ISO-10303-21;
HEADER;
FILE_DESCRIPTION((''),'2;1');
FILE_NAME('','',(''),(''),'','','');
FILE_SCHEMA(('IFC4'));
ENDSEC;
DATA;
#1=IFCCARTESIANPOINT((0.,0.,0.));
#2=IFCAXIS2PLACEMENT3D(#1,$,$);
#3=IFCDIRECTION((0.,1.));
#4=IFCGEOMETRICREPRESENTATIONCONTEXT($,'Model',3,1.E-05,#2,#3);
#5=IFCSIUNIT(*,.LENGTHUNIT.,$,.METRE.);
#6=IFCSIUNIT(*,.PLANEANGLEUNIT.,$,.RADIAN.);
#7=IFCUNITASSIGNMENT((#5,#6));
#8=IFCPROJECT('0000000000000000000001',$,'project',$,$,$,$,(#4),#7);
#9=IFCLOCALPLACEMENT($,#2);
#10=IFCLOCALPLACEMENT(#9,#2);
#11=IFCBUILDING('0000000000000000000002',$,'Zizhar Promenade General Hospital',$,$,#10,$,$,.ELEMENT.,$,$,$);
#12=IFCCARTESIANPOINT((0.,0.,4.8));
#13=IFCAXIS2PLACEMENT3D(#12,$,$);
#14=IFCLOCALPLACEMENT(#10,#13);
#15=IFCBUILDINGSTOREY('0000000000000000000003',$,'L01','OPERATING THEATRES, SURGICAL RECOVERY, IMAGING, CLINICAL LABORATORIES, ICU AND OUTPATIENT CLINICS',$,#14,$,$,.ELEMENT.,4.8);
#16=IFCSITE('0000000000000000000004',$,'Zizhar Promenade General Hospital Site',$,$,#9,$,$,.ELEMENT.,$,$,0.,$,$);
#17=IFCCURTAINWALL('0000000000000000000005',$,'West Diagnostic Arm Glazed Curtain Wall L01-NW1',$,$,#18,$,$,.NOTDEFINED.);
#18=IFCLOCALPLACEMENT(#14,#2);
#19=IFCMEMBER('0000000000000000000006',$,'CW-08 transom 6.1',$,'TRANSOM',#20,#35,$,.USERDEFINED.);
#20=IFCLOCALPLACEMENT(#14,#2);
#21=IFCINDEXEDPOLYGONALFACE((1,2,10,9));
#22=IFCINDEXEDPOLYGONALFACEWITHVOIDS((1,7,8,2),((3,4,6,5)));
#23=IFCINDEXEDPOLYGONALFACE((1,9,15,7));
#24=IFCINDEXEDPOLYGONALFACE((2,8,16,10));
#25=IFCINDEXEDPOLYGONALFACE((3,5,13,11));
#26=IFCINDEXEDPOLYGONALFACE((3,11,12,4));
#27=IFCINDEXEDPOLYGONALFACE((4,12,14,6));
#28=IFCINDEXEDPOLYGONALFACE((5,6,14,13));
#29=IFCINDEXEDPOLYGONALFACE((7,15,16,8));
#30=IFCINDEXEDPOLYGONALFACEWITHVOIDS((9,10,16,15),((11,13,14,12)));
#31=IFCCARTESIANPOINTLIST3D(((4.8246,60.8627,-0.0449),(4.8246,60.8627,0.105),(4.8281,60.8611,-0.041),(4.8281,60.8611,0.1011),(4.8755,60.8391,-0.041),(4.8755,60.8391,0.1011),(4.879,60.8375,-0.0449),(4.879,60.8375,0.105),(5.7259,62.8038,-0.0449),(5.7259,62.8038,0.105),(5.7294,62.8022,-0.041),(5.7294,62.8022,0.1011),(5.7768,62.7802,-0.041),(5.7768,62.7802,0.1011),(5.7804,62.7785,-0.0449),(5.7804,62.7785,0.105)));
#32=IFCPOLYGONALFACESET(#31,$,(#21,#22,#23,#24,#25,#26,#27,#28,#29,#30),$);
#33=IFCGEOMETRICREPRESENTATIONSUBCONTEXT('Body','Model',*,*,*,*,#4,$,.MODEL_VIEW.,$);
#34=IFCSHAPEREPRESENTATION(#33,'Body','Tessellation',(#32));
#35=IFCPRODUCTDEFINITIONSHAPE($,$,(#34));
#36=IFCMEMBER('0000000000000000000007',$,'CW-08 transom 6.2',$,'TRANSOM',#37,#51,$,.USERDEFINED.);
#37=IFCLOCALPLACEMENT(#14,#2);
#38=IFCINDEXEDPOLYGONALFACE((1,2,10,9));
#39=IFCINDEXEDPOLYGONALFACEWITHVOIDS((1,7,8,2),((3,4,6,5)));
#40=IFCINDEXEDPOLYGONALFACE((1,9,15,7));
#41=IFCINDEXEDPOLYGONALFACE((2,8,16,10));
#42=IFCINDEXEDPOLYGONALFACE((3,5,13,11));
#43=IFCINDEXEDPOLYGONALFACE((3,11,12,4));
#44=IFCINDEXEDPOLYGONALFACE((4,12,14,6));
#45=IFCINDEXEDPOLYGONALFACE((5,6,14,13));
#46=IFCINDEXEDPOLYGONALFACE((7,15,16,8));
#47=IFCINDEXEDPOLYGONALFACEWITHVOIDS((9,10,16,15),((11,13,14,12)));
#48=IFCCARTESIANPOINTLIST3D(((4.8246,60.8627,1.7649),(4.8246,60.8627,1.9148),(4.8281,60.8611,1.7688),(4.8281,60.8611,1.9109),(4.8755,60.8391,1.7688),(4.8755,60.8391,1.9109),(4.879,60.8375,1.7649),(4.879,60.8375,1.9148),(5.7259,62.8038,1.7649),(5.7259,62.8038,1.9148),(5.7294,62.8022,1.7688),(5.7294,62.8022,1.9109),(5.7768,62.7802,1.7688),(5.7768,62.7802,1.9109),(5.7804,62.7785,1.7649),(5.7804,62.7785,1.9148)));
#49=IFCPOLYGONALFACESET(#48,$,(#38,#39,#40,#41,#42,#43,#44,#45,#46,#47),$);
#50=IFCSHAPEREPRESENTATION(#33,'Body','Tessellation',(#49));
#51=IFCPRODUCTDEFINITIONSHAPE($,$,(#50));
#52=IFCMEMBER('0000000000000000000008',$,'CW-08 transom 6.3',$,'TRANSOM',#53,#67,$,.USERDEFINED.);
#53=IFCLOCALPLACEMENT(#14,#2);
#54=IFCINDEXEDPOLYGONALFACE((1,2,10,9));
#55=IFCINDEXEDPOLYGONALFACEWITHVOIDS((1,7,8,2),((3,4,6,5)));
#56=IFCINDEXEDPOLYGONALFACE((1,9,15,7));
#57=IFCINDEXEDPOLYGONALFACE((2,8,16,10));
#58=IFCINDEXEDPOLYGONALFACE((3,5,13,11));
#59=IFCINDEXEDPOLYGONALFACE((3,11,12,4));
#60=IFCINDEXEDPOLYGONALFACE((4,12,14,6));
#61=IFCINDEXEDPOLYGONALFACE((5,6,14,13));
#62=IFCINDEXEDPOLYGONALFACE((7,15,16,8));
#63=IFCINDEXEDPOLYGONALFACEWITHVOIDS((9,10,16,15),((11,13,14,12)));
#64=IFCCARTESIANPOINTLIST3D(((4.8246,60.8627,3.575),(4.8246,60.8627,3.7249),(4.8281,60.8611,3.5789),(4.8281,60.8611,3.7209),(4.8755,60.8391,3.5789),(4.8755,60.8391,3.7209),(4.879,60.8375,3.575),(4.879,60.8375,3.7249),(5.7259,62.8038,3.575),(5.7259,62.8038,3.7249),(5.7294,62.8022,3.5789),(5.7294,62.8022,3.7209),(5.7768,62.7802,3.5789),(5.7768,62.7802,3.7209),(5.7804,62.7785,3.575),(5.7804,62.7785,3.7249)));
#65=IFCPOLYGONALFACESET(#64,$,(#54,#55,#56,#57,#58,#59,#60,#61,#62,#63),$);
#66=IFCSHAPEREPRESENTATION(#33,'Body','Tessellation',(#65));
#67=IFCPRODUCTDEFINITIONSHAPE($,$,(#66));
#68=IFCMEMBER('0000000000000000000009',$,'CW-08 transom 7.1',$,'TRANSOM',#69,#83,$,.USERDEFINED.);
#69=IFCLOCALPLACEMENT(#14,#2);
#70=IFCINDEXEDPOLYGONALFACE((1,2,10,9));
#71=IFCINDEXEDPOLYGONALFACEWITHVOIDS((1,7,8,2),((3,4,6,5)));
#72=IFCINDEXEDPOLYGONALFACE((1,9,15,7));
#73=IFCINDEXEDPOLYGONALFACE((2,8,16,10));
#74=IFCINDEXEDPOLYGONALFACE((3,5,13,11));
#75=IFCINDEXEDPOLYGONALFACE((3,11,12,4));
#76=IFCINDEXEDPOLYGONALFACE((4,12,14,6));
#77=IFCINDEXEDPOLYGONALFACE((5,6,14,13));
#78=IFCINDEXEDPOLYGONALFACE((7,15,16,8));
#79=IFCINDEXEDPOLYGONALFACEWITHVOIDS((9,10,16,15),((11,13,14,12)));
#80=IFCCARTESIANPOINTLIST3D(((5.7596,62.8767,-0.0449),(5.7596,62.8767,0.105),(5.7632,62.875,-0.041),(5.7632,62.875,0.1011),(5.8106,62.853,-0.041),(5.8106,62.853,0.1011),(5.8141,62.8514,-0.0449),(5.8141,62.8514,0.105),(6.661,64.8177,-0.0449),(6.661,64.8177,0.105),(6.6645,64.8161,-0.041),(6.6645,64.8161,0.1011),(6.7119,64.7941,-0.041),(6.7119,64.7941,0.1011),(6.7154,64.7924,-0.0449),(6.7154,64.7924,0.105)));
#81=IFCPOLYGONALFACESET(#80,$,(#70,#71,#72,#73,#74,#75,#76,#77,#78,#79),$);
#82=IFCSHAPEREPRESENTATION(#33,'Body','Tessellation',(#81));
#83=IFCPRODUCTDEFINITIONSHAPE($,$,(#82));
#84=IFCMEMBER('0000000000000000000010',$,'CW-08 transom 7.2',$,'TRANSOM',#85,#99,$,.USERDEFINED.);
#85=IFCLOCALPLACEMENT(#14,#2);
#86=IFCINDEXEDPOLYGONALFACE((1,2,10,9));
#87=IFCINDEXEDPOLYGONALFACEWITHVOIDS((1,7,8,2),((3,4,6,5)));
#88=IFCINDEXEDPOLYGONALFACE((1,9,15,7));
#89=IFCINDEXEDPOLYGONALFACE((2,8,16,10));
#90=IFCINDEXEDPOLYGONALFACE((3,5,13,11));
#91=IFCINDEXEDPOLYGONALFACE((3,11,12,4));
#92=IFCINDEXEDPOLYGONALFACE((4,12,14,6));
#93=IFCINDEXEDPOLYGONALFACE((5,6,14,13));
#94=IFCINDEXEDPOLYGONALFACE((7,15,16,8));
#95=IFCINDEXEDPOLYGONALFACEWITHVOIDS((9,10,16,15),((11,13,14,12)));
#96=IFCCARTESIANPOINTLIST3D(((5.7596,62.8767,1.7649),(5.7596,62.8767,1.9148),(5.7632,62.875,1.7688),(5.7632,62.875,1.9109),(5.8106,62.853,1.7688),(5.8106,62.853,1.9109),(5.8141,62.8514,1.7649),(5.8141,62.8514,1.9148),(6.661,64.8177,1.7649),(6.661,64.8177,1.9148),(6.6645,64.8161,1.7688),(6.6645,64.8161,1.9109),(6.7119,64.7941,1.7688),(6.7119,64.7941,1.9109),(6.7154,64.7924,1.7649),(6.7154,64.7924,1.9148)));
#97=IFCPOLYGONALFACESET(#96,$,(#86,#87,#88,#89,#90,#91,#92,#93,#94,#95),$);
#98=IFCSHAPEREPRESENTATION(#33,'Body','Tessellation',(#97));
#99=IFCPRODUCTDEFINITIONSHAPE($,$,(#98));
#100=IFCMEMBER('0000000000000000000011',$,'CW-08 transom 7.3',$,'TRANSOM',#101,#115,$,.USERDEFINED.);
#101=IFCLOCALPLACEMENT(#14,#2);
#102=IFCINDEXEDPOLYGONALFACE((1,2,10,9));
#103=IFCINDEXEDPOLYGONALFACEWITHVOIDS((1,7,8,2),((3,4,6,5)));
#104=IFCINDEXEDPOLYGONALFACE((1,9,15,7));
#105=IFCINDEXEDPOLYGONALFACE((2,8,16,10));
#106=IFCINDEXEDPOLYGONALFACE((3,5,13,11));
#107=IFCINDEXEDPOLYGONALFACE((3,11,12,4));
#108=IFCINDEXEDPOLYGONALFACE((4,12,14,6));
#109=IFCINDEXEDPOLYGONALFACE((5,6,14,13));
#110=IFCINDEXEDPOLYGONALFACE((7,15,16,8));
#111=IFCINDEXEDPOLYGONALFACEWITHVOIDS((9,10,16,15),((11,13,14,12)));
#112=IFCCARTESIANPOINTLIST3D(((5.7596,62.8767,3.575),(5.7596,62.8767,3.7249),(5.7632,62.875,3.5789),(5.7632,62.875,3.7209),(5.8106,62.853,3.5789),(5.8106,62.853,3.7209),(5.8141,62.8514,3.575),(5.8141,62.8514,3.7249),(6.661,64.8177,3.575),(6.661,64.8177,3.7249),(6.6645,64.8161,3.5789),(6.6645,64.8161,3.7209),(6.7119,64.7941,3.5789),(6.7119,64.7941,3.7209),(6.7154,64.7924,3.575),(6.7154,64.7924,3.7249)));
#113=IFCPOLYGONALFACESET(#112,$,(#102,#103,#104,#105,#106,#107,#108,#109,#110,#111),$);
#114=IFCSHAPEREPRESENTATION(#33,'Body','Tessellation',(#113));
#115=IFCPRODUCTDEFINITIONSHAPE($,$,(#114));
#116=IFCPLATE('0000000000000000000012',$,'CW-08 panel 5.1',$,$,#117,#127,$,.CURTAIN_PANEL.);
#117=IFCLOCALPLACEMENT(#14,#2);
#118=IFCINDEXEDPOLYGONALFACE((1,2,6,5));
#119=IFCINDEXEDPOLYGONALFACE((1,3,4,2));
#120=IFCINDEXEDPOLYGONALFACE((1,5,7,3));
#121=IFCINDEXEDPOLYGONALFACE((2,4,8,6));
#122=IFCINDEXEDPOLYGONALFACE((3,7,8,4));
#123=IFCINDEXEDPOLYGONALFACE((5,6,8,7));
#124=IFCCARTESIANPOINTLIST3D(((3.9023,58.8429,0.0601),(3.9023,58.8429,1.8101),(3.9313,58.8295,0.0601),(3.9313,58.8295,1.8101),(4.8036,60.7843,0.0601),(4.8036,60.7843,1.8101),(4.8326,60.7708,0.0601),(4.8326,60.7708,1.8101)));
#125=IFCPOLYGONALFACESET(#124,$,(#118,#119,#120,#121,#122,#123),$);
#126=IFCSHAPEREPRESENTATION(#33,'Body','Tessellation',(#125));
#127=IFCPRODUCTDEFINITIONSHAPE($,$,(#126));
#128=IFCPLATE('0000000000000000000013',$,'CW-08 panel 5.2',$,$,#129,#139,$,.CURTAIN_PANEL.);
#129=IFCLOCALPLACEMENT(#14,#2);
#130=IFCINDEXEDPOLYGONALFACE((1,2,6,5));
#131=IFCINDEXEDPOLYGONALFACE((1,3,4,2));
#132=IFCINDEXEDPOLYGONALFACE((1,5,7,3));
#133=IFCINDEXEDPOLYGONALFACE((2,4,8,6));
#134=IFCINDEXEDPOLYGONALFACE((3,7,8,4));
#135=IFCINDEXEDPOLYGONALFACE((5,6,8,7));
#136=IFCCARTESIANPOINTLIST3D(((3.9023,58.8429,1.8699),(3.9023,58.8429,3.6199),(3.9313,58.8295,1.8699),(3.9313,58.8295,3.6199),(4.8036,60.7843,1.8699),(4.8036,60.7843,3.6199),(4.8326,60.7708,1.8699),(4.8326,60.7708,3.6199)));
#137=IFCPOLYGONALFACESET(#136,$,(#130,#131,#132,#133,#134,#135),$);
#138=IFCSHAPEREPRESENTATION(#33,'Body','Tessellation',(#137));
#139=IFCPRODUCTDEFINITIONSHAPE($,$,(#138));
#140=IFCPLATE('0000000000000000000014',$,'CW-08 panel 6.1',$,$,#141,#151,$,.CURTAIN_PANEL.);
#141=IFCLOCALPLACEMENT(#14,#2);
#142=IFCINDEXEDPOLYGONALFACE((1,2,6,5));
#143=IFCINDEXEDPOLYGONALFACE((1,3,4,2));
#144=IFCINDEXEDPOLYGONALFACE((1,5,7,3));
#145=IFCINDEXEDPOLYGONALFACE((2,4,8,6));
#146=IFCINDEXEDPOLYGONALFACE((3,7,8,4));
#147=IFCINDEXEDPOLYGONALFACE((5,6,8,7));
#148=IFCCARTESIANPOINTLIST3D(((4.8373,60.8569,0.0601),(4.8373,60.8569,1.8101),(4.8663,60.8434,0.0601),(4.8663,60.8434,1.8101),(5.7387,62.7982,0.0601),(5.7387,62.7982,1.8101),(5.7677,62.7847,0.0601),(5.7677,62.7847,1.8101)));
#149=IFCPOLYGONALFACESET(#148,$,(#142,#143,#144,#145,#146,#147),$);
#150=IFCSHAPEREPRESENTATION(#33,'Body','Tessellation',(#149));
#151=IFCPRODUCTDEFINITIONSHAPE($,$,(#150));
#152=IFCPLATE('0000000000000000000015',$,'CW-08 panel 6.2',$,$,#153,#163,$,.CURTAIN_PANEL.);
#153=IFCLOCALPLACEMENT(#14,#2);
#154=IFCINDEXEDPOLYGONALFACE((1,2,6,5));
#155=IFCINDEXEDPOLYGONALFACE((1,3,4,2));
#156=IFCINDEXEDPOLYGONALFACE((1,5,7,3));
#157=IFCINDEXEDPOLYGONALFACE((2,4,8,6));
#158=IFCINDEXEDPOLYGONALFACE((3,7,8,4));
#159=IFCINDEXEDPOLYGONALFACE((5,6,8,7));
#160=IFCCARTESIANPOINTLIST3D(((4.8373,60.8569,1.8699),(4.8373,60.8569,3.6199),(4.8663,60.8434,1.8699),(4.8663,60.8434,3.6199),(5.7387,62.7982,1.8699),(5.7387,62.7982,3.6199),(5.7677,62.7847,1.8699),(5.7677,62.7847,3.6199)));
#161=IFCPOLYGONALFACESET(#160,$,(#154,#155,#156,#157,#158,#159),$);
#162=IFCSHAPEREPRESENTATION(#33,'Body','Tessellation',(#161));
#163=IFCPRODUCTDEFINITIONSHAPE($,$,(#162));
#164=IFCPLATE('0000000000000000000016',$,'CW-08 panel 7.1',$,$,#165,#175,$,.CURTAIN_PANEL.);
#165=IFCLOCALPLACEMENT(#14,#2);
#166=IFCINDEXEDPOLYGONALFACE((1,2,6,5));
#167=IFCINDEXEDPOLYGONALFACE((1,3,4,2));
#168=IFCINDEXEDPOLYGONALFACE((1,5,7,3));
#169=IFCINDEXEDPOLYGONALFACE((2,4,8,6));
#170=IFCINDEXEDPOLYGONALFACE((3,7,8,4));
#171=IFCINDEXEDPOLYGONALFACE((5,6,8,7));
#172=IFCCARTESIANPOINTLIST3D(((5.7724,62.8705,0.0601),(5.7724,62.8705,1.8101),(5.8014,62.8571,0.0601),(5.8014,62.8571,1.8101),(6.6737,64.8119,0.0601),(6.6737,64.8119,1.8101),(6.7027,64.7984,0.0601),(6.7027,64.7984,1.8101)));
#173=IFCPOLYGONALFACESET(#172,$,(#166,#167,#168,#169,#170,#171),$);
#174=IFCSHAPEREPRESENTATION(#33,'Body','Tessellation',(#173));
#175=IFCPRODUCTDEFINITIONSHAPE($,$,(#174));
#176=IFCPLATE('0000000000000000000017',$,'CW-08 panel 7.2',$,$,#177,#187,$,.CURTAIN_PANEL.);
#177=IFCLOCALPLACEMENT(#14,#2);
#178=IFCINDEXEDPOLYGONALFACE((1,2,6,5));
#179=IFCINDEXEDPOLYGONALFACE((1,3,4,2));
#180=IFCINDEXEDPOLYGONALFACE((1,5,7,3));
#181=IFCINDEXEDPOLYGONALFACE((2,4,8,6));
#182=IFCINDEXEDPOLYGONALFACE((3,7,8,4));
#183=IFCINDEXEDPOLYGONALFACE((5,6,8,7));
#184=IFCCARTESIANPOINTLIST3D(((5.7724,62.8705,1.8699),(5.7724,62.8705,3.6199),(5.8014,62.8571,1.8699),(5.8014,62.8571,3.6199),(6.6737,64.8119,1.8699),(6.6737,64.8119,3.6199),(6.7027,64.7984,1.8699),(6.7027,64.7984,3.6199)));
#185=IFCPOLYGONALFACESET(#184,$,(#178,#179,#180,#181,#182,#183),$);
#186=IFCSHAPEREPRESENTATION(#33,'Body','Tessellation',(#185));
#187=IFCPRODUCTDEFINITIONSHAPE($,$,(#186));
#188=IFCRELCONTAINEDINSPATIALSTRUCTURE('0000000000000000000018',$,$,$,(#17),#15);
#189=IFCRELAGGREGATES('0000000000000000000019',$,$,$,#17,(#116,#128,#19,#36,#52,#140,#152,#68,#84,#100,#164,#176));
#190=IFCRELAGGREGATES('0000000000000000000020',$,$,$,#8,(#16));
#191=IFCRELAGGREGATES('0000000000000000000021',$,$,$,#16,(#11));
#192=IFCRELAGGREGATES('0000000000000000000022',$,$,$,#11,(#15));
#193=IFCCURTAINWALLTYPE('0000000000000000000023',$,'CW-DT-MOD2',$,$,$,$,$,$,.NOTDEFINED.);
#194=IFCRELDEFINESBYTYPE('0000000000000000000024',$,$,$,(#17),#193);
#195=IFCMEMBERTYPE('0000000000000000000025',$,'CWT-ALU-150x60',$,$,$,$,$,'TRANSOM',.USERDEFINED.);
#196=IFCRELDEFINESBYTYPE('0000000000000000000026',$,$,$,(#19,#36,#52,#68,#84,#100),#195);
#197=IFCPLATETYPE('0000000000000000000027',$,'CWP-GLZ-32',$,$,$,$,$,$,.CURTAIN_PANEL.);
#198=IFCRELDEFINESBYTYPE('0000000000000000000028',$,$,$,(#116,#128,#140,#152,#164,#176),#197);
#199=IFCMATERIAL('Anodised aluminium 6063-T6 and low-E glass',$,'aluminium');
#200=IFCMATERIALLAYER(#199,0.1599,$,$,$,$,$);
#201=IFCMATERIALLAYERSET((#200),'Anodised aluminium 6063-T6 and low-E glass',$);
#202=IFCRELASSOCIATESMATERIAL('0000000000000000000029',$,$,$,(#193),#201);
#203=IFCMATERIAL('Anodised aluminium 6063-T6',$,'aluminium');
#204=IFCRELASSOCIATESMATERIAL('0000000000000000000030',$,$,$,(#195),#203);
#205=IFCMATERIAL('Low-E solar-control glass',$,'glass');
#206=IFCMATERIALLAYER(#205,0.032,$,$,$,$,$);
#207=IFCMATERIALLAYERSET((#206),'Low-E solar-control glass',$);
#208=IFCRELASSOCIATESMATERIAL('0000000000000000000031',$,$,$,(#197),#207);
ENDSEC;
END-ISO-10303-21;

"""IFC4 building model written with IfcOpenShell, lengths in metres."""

from ifc_helpers import new_model, si_unit, direction, frame, origin, origin_2d, place, context, subcontext, project, spatial, rectangle, hollow_rectangle, extrude, material, layer, layer_set, material_profile, profile_set, type_object, element, aggregate, save


model = new_model("IFC4")

# Units and contexts
model_context = context("Model", 3, precision=1e-05, world=origin(), true_north=direction((0.0, 1.0)))
body_context = subcontext(model_context, "Body", "Model", "MODEL_VIEW")
ifc_project = project(units=[si_unit("LENGTHUNIT", "METRE"), si_unit("PLANEANGLEUNIT", "RADIAN")], contexts=[model_context])

# Site, building, storey
site_placement = place(None, origin())
site = spatial("IfcSite", under=ifc_project, at=site_placement, Name="Zizhar Promenade General Hospital Site", CompositionType="ELEMENT", RefElevation=0.0)
building_placement = place(site_placement, origin())
building = spatial("IfcBuilding", under=site, at=building_placement, Name="Zizhar Promenade General Hospital", CompositionType="ELEMENT")
storey_placement = place(building_placement, frame((0.0, 0.0, 4.8)))
storey = spatial("IfcBuildingStorey", under=building, at=storey_placement, Name="L01", Description="OPERATING THEATRES, SURGICAL RECOVERY, IMAGING, CLINICAL LABORATORIES, ICU AND OUTPATIENT CLINICS", CompositionType="ELEMENT", Elevation=4.8)

# Curtain wall, members, plates
ifc_material_1 = material(Name="Anodised aluminium 6063-T6 and low-E glass", Category="aluminium")
ifc_layer_1 = layer(ifc_material_1, 0.1599)
ifc_layer_set_1 = layer_set([ifc_layer_1], Name="Anodised aluminium 6063-T6 and low-E glass")
curtain_wall_type = type_object("IfcCurtainWallType", Name="CW-DT-MOD2", PredefinedType="NOTDEFINED", material=ifc_layer_set_1)
curtain_wall_placement = place(storey_placement, origin())
curtain_wall = element("IfcCurtainWall", 1, at=curtain_wall_placement, inside=storey, type_object=curtain_wall_type, Name="West Diagnostic Arm Glazed Curtain Wall L01-NW1", PredefinedType="NOTDEFINED")
ifc_material_2 = material(Name="Anodised aluminium 6063-T6", Category="aluminium")
ifc_material_profile_1 = material_profile(ifc_material_2, hollow_rectangle(XDim=0.0601, YDim=0.1499, WallThickness=0.0039, at=origin_2d()))
ifc_profile_set_1 = profile_set([ifc_material_profile_1], Name="Anodised aluminium 6063-T6")
member_type_1 = type_object("IfcMemberType", Name="CWT-ALU-150x60", ElementType="TRANSOM", PredefinedType="USERDEFINED", material=ifc_profile_set_1)
member_1_placement = place(storey_placement, frame((4.8518, 60.8501, 0.03), z_axis=(0.421155, 0.906989, 0.0), x_axis=(-0.906989, 0.421155, 0.0)))
member_1 = element("IfcMember", 2, at=member_1_placement, type_object=member_type_1, Name="CW-08 transom 6.1", ObjectType="TRANSOM", PredefinedType="USERDEFINED", context=body_context, shape_type="SweptSolid", body=[
    extrude(hollow_rectangle(XDim=0.0601, YDim=0.1499, WallThickness=0.0039, at=origin_2d()), origin(), (0.0, 0.0, 1.0), 2.1401),
])
member_2_placement = place(storey_placement, frame((4.8518, 60.8501, 1.8398), z_axis=(0.421155, 0.906989, 0.0), x_axis=(-0.906989, 0.421155, 0.0)))
member_2 = element("IfcMember", 3, at=member_2_placement, type_object=member_type_1, Name="CW-08 transom 6.2", ObjectType="TRANSOM", PredefinedType="USERDEFINED", context=body_context, shape_type="SweptSolid", body=[
    extrude(hollow_rectangle(XDim=0.0601, YDim=0.1499, WallThickness=0.0039, at=origin_2d()), origin(), (0.0, 0.0, 1.0), 2.1401),
])
member_3_placement = place(storey_placement, frame((4.8518, 60.8501, 3.6499), z_axis=(0.421155, 0.906989, 0.0), x_axis=(-0.906989, 0.421155, 0.0)))
member_3 = element("IfcMember", 4, at=member_3_placement, type_object=member_type_1, Name="CW-08 transom 6.3", ObjectType="TRANSOM", PredefinedType="USERDEFINED", context=body_context, shape_type="SweptSolid", body=[
    extrude(hollow_rectangle(XDim=0.0601, YDim=0.1499, WallThickness=0.0039, at=origin_2d()), origin(), (0.0, 0.0, 1.0), 2.1401),
])
member_4_placement = place(storey_placement, frame((5.7869, 62.864, 0.03), z_axis=(0.421155, 0.906989, 0.0), x_axis=(-0.906989, 0.421155, 0.0)))
member_4 = element("IfcMember", 5, at=member_4_placement, type_object=member_type_1, Name="CW-08 transom 7.1", ObjectType="TRANSOM", PredefinedType="USERDEFINED", context=body_context, shape_type="SweptSolid", body=[
    extrude(hollow_rectangle(XDim=0.0601, YDim=0.1499, WallThickness=0.0039, at=origin_2d()), origin(), (0.0, 0.0, 1.0), 2.1401),
])
member_5_placement = place(storey_placement, frame((5.7869, 62.864, 1.8398), z_axis=(0.421155, 0.906989, 0.0), x_axis=(-0.906989, 0.421155, 0.0)))
member_5 = element("IfcMember", 6, at=member_5_placement, type_object=member_type_1, Name="CW-08 transom 7.2", ObjectType="TRANSOM", PredefinedType="USERDEFINED", context=body_context, shape_type="SweptSolid", body=[
    extrude(hollow_rectangle(XDim=0.0601, YDim=0.1499, WallThickness=0.0039, at=origin_2d()), origin(), (0.0, 0.0, 1.0), 2.1401),
])
member_6_placement = place(storey_placement, frame((5.7869, 62.864, 3.6499), z_axis=(0.421155, 0.906989, 0.0), x_axis=(-0.906989, 0.421155, 0.0)))
member_6 = element("IfcMember", 7, at=member_6_placement, type_object=member_type_1, Name="CW-08 transom 7.3", ObjectType="TRANSOM", PredefinedType="USERDEFINED", context=body_context, shape_type="SweptSolid", body=[
    extrude(hollow_rectangle(XDim=0.0601, YDim=0.1499, WallThickness=0.0039, at=origin_2d()), origin(), (0.0, 0.0, 1.0), 2.1401),
])
ifc_material_3 = material(Name="Low-E solar-control glass", Category="glass")
ifc_layer_2 = layer(ifc_material_3, 0.032)
ifc_layer_set_2 = layer_set([ifc_layer_2], Name="Low-E solar-control glass")
plate_type = type_object("IfcPlateType", Name="CWP-GLZ-32", PredefinedType="CURTAIN_PANEL", material=ifc_layer_set_2)
plate_1_placement = place(storey_placement, frame((4.3674, 59.8069, 0.0601), z_axis=(0.0, 0.0, 1.0), x_axis=(0.421115, 0.907007, 0.0)))
plate_1 = element("IfcPlate", 8, at=plate_1_placement, type_object=plate_type, Name="CW-08 panel 5.1", PredefinedType="CURTAIN_PANEL", context=body_context, shape_type="SweptSolid", body=[
    extrude(rectangle(XDim=2.1404, YDim=0.032, at=origin_2d()), origin(), (0.0, 0.0, 1.0), 1.75),
])
plate_2_placement = place(storey_placement, frame((4.3674, 59.8069, 1.8699), z_axis=(0.0, 0.0, 1.0), x_axis=(0.421115, 0.907007, 0.0)))
plate_2 = element("IfcPlate", 9, at=plate_2_placement, type_object=plate_type, Name="CW-08 panel 5.2", PredefinedType="CURTAIN_PANEL", context=body_context, shape_type="SweptSolid", body=[
    extrude(rectangle(XDim=2.1404, YDim=0.032, at=origin_2d()), origin(), (0.0, 0.0, 1.0), 1.75),
])
plate_3_placement = place(storey_placement, frame((5.3025, 61.8208, 0.0601), z_axis=(0.0, 0.0, 1.0), x_axis=(0.421115, 0.907007, 0.0)))
plate_3 = element("IfcPlate", 10, at=plate_3_placement, type_object=plate_type, Name="CW-08 panel 6.1", PredefinedType="CURTAIN_PANEL", context=body_context, shape_type="SweptSolid", body=[
    extrude(rectangle(XDim=2.1404, YDim=0.032, at=origin_2d()), origin(), (0.0, 0.0, 1.0), 1.75),
])
plate_4_placement = place(storey_placement, frame((5.3025, 61.8208, 1.8699), z_axis=(0.0, 0.0, 1.0), x_axis=(0.421115, 0.907007, 0.0)))
plate_4 = element("IfcPlate", 11, at=plate_4_placement, type_object=plate_type, Name="CW-08 panel 6.2", PredefinedType="CURTAIN_PANEL", context=body_context, shape_type="SweptSolid", body=[
    extrude(rectangle(XDim=2.1404, YDim=0.032, at=origin_2d()), origin(), (0.0, 0.0, 1.0), 1.75),
])
plate_5_placement = place(storey_placement, frame((6.2375, 63.8345, 0.0601), z_axis=(0.0, 0.0, 1.0), x_axis=(0.421115, 0.907007, 0.0)))
plate_5 = element("IfcPlate", 12, at=plate_5_placement, type_object=plate_type, Name="CW-08 panel 7.1", PredefinedType="CURTAIN_PANEL", context=body_context, shape_type="SweptSolid", body=[
    extrude(rectangle(XDim=2.1404, YDim=0.032, at=origin_2d()), origin(), (0.0, 0.0, 1.0), 1.75),
])
plate_6_placement = place(storey_placement, frame((6.2375, 63.8345, 1.8699), z_axis=(0.0, 0.0, 1.0), x_axis=(0.421115, 0.907007, 0.0)))
plate_6 = element("IfcPlate", 13, at=plate_6_placement, type_object=plate_type, Name="CW-08 panel 7.2", PredefinedType="CURTAIN_PANEL", context=body_context, shape_type="SweptSolid", body=[
    extrude(rectangle(XDim=2.1404, YDim=0.032, at=origin_2d()), origin(), (0.0, 0.0, 1.0), 1.75),
])
aggregate(curtain_wall, [plate_1, plate_2, member_1, member_2, member_3, plate_3, plate_4, member_4, member_5, member_6, plate_5, plate_6])

save(model, "model.ifc")
